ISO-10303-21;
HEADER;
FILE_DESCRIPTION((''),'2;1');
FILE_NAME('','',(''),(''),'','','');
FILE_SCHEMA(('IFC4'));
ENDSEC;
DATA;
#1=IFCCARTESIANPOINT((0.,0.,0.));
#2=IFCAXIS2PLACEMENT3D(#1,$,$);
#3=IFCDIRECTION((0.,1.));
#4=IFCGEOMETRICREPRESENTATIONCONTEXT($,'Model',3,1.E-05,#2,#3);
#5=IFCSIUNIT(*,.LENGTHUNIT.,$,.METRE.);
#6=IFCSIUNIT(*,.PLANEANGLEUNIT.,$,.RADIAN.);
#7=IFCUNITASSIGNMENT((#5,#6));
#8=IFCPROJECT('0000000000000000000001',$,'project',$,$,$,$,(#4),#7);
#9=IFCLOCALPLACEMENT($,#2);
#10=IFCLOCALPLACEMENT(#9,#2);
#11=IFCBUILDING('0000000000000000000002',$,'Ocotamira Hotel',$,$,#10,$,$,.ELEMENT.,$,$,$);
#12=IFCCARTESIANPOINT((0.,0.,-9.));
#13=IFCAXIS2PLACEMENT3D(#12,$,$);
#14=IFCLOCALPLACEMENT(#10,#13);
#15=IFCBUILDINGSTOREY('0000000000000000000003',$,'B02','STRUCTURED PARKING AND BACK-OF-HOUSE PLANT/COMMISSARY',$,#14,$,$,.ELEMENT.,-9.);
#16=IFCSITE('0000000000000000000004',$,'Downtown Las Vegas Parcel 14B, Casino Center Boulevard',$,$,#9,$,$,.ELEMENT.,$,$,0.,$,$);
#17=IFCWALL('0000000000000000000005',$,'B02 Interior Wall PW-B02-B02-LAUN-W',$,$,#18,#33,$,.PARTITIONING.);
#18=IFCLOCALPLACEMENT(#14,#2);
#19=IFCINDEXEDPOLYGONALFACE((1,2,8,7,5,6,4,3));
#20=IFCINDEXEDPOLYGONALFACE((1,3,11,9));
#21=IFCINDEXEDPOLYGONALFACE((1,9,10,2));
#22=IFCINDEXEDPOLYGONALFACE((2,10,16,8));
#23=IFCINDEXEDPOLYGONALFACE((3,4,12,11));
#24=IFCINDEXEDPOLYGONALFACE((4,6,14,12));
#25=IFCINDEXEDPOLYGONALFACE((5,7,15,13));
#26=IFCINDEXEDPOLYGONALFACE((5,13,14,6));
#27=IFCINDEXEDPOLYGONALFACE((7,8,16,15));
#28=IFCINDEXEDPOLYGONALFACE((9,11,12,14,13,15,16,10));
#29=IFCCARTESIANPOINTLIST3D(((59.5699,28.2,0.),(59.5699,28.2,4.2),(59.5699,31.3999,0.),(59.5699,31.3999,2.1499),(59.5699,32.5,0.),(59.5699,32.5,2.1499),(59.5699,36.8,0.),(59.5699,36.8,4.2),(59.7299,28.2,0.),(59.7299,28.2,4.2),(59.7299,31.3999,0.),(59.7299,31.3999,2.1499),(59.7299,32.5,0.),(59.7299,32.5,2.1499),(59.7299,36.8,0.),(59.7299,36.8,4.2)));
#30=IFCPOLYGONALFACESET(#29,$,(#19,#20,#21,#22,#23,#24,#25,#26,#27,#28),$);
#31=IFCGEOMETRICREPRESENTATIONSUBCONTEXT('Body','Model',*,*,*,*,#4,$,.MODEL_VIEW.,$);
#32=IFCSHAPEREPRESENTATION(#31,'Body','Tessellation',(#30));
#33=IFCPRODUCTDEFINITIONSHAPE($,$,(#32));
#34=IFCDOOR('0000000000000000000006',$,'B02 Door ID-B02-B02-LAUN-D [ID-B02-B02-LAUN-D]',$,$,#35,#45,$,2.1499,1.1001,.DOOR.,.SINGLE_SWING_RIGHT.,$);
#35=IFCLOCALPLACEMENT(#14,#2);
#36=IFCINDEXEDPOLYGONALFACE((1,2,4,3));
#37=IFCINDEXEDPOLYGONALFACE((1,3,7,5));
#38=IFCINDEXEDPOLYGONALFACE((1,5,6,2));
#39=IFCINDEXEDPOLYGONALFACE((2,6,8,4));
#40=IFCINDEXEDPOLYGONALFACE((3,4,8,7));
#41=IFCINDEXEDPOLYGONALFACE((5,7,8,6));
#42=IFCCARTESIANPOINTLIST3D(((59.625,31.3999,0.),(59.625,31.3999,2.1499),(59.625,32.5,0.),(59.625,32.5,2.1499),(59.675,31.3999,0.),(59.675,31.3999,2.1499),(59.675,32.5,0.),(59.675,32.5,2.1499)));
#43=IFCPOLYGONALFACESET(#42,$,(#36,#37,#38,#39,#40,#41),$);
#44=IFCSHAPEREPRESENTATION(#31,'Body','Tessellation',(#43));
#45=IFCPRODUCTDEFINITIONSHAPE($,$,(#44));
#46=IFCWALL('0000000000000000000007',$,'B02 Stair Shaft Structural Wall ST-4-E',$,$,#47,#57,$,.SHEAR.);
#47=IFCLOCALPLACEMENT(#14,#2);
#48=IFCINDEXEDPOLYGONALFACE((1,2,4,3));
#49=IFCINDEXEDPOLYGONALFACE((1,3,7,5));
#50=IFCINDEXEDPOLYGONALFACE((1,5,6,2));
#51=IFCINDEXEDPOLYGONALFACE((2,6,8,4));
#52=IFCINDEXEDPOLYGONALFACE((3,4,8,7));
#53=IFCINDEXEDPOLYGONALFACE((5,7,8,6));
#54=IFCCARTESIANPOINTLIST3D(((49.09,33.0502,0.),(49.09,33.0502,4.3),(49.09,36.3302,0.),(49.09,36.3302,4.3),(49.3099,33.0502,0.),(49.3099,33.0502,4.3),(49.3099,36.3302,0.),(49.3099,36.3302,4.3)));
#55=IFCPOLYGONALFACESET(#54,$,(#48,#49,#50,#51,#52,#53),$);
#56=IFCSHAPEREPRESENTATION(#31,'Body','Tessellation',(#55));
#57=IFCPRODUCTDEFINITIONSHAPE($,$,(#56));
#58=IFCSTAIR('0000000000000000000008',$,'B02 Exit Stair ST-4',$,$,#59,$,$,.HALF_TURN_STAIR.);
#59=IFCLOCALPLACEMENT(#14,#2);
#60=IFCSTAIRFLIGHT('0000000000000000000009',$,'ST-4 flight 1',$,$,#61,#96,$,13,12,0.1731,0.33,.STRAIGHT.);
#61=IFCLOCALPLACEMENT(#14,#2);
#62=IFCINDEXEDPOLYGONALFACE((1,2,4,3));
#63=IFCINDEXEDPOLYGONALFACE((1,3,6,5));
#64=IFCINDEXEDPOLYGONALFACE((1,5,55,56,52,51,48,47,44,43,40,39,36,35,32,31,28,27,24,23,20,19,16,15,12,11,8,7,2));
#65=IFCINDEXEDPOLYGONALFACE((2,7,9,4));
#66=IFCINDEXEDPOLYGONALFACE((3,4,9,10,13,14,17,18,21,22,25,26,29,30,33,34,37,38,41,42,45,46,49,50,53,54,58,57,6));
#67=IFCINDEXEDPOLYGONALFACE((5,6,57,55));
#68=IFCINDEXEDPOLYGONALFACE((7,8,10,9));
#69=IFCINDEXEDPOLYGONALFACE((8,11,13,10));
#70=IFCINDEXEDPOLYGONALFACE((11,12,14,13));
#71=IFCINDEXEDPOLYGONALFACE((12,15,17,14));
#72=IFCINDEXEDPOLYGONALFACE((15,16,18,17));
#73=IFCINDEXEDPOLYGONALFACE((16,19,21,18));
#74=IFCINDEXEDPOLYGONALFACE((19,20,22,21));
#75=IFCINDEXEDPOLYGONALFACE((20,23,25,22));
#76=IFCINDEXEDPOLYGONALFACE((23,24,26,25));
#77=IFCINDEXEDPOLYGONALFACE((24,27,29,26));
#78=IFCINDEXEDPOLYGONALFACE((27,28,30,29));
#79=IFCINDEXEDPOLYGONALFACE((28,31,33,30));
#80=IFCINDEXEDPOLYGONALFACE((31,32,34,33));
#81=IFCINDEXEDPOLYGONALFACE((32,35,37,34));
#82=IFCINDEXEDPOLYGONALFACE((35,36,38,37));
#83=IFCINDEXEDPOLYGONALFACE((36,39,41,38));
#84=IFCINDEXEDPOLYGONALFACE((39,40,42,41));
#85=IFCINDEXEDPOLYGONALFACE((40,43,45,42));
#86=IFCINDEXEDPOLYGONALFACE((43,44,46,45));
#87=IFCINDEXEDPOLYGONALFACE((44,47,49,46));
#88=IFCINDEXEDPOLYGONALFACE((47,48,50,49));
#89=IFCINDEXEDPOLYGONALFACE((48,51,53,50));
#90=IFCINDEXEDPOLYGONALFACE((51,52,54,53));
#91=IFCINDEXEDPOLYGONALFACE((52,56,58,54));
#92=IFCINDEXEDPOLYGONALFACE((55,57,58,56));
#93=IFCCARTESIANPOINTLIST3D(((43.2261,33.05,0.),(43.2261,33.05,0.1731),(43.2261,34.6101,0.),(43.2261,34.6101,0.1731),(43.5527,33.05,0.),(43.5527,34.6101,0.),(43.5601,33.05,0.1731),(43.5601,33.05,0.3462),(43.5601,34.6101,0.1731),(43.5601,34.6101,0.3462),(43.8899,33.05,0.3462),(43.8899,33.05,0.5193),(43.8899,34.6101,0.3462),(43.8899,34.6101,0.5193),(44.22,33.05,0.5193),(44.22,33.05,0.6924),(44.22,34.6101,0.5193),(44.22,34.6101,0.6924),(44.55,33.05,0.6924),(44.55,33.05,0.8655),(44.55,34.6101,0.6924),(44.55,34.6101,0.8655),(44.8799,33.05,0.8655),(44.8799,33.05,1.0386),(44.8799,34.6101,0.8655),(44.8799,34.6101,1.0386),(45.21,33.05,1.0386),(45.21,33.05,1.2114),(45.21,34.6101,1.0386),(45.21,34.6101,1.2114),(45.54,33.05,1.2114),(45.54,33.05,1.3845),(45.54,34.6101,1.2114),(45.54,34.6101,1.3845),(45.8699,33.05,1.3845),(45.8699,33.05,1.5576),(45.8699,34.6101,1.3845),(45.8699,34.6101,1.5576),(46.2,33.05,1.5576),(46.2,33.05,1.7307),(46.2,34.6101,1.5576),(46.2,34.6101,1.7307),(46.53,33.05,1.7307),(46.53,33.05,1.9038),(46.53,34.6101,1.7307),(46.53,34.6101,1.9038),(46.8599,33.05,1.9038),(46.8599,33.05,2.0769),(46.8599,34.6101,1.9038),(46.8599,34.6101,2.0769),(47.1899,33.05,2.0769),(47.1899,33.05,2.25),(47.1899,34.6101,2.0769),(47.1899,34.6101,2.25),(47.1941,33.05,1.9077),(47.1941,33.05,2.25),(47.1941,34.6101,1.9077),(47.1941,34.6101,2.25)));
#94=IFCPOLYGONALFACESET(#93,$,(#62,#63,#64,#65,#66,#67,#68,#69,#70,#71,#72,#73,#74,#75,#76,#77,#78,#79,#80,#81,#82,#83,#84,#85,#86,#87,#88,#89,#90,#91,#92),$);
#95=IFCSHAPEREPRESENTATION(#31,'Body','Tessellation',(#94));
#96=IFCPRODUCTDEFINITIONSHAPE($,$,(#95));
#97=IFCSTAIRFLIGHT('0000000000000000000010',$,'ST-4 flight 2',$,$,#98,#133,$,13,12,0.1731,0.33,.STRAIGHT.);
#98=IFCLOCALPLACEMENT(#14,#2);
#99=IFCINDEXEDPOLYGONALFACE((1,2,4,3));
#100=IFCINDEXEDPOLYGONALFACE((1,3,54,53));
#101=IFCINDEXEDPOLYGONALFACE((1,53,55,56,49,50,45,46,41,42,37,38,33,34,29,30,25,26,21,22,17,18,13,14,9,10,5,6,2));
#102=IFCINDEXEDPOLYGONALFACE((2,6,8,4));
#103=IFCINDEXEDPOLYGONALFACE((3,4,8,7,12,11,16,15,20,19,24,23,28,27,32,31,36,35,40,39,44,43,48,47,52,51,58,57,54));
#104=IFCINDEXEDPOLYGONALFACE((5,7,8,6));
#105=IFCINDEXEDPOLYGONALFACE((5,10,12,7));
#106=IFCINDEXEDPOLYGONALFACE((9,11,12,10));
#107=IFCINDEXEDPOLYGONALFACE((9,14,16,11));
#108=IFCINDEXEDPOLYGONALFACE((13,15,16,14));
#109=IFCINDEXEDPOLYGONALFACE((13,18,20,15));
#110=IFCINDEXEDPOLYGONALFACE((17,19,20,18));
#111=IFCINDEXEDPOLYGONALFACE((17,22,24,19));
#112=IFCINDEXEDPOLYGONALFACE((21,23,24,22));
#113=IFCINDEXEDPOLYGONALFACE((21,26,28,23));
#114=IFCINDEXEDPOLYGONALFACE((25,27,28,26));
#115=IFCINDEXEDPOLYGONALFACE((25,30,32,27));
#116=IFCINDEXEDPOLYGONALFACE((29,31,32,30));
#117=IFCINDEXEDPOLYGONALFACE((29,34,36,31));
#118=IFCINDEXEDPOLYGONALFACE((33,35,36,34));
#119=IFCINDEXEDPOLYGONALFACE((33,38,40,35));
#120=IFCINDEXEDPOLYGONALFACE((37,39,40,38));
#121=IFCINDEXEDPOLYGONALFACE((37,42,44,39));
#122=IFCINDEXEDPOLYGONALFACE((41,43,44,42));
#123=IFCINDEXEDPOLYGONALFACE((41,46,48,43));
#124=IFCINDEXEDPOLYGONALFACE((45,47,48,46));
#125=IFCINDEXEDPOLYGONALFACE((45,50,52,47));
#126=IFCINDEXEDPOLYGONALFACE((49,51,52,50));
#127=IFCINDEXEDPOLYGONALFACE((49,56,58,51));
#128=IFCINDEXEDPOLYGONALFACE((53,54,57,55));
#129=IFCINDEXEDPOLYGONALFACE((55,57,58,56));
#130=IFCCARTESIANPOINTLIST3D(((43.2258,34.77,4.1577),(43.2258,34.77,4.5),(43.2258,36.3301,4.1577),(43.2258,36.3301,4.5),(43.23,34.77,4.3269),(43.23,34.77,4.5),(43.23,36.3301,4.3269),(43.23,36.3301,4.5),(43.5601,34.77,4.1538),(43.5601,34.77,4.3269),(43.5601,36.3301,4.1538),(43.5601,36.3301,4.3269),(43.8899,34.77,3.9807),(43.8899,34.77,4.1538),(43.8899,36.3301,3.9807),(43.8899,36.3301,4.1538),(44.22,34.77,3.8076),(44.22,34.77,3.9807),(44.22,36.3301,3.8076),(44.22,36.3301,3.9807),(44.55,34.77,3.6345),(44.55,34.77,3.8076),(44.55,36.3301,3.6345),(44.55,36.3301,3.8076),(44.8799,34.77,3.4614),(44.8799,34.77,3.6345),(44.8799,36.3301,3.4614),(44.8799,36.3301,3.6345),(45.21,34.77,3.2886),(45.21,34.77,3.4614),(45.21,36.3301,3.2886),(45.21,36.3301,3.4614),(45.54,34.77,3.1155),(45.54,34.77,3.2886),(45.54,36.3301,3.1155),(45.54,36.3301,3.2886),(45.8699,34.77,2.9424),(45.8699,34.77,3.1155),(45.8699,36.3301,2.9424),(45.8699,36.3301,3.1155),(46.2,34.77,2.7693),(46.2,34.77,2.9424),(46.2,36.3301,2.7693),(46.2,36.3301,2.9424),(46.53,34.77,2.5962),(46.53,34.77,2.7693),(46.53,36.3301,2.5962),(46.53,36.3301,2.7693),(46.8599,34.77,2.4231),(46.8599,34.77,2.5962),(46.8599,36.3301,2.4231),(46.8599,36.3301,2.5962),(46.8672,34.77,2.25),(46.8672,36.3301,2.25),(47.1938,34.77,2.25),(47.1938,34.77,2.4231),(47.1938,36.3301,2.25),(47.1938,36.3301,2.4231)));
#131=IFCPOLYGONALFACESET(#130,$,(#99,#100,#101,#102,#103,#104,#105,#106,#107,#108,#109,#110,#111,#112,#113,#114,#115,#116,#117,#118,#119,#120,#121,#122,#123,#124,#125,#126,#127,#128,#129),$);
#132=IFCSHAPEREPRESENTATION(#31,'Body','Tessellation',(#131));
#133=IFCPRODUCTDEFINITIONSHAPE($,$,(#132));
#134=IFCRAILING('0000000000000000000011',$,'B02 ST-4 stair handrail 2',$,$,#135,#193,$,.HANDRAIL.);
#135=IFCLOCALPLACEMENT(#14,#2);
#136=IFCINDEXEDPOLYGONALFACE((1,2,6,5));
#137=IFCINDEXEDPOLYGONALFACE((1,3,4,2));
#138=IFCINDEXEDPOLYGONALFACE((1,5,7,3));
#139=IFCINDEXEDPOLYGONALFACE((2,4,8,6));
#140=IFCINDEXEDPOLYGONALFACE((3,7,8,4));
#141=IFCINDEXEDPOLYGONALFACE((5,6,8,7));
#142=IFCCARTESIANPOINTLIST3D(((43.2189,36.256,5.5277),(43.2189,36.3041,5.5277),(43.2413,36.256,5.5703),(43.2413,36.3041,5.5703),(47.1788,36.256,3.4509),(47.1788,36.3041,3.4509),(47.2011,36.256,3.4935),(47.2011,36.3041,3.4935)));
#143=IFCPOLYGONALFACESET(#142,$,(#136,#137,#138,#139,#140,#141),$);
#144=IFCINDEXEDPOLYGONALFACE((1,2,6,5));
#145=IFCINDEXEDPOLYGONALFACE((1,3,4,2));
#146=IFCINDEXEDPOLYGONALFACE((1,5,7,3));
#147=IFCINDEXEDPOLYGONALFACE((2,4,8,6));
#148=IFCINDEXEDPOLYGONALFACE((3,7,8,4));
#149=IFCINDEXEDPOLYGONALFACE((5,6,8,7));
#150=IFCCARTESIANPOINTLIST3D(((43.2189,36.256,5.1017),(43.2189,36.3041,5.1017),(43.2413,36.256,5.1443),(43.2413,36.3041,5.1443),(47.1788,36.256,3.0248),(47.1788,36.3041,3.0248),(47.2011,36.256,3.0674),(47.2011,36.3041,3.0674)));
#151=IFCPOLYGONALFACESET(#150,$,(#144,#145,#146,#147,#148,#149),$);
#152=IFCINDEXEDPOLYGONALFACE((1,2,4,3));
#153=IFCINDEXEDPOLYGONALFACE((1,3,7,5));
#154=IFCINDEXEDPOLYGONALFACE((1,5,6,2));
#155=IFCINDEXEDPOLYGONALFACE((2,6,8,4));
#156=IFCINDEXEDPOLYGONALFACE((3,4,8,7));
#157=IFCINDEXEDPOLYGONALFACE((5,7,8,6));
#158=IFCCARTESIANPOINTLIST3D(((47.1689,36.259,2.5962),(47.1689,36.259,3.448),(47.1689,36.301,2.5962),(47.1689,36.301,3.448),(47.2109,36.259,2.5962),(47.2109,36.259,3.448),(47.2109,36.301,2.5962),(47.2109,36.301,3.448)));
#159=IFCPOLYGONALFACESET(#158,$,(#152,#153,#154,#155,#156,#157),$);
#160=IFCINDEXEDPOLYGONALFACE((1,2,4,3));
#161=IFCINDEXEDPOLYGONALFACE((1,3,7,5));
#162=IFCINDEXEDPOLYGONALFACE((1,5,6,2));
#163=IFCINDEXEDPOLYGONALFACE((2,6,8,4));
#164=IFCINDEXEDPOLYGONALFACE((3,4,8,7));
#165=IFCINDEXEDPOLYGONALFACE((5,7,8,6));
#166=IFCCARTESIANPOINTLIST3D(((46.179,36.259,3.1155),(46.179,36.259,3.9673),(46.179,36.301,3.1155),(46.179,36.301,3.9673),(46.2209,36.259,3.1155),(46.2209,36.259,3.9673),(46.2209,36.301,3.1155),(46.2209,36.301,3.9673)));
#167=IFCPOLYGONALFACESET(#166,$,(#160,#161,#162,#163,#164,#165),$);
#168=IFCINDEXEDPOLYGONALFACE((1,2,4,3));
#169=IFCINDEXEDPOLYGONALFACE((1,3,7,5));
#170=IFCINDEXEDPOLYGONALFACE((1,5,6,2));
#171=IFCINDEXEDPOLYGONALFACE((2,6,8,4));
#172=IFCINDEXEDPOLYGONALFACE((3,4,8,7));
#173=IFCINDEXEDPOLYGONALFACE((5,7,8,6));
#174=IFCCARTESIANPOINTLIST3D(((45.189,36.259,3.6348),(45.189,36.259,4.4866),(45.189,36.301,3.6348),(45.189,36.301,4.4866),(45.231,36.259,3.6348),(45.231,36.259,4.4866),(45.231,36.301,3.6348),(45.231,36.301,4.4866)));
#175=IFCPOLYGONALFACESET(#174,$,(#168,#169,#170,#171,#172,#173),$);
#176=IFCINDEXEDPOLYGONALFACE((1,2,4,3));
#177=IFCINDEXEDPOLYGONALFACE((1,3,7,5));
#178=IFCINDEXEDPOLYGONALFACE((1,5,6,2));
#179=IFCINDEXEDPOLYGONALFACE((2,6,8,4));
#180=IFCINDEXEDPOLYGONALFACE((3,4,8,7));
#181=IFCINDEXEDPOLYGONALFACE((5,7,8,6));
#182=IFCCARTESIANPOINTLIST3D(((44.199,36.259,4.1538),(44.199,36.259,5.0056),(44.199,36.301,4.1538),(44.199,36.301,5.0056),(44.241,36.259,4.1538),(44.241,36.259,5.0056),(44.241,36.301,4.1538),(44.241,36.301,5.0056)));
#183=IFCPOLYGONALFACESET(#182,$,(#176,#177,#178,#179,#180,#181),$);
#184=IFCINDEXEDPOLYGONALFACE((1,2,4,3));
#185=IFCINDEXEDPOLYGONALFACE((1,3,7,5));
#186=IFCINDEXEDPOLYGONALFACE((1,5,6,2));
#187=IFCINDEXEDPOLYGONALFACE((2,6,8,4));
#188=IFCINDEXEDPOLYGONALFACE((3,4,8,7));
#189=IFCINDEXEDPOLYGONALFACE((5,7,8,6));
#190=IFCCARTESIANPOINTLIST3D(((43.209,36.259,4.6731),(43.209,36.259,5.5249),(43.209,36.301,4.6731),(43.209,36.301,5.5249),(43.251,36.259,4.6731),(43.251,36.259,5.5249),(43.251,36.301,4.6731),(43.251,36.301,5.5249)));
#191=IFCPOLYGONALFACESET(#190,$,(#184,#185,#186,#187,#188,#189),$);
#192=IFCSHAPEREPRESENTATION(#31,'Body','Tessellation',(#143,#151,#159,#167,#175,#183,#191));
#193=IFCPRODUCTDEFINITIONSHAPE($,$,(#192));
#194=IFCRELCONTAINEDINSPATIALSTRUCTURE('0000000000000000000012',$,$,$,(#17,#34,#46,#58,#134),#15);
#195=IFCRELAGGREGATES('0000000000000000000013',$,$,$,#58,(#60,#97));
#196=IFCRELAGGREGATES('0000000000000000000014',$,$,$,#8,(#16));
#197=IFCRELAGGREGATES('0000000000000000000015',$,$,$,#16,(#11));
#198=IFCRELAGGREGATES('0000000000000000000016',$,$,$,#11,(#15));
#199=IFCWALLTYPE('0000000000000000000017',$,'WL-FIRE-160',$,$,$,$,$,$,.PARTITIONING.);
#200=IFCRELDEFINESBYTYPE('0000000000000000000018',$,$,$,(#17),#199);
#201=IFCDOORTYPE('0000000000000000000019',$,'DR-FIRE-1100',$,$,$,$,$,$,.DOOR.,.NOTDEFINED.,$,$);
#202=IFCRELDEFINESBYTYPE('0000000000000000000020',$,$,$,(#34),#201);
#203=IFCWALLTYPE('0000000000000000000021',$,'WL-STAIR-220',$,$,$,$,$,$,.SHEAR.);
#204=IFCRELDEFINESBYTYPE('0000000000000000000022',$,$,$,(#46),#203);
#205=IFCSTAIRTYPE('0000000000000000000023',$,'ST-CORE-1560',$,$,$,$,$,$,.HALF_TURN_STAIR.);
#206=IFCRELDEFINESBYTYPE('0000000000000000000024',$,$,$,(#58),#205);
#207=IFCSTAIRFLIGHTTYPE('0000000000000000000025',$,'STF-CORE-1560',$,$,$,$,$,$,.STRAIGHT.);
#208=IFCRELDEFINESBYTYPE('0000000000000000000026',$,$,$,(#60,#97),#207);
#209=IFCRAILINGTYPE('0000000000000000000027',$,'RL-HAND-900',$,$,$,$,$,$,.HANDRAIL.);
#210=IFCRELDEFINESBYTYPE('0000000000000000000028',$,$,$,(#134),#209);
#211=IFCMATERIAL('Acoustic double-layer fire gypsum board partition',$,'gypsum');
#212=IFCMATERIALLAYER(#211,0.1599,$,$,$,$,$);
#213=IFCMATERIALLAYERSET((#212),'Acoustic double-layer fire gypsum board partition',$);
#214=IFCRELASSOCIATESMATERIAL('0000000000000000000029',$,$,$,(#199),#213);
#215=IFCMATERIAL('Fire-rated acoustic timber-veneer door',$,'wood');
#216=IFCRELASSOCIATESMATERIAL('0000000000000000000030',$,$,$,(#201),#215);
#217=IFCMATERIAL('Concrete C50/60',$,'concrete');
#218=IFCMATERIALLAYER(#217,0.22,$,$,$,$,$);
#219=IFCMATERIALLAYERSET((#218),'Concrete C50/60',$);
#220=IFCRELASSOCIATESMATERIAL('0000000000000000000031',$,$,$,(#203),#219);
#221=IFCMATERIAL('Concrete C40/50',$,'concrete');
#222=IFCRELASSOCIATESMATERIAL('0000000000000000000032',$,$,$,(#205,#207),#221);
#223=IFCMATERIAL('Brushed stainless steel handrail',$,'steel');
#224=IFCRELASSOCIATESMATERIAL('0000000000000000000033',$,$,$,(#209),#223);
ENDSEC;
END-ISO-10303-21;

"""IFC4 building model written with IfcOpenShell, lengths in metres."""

from ifc_helpers import new_model, si_unit, direction, frame, frame_2d, origin, origin_2d, place, context, subcontext, project, spatial, polyline, rectangle, outline, extrude, source, transform, mapped, material, layer, layer_set, type_object, element, fill, aggregate, save


model = new_model("IFC4")

# Units and contexts
model_context = context("Model", 3, precision=1e-05, world=origin(), true_north=direction((0.0, 1.0)))
body_context = subcontext(model_context, "Body", "Model", "MODEL_VIEW")
ifc_project = project(units=[si_unit("LENGTHUNIT", "METRE"), si_unit("PLANEANGLEUNIT", "RADIAN")], contexts=[model_context])

# Site, building, storey
site_placement = place(None, origin())
site = spatial("IfcSite", under=ifc_project, at=site_placement, Name="Downtown Las Vegas Parcel 14B, Casino Center Boulevard", CompositionType="ELEMENT", RefElevation=0.0)
building_placement = place(site_placement, origin())
building = spatial("IfcBuilding", under=site, at=building_placement, Name="Ocotamira Hotel", CompositionType="ELEMENT")
storey_placement = place(building_placement, frame((0.0, 0.0, -9.0)))
storey = spatial("IfcBuildingStorey", under=building, at=storey_placement, Name="B02", Description="STRUCTURED PARKING AND BACK-OF-HOUSE PLANT/COMMISSARY", CompositionType="ELEMENT", Elevation=-9.0)

# Shared definitions
ifc_material_1 = material(Name="Concrete C50/60", Category="concrete")

# Shared definitions
ifc_material_2 = material(Name="Acoustic double-layer fire gypsum board partition", Category="gypsum")
ifc_layer_1 = layer(ifc_material_2, 0.1599)
ifc_layer_set_1 = layer_set([ifc_layer_1], Name="Acoustic double-layer fire gypsum board partition")
wall_type_1 = type_object("IfcWallType", Name="WL-FIRE-160", PredefinedType="PARTITIONING", material=ifc_layer_set_1)

# Wall, opening, door
wall_1_placement = place(storey_placement, frame((59.6499, 28.2, 0.0), z_axis=(0.0, 0.0, 1.0), x_axis=(0.0, 1.0, 0.0)))
wall_1 = element("IfcWall", 1, at=wall_1_placement, inside=storey, type_object=wall_type_1, Name="B02 Interior Wall PW-B02-B02-LAUN-W", PredefinedType="PARTITIONING", context=body_context, shape_type="SweptSolid", body=[
    extrude(rectangle(XDim=8.6001, YDim=0.1599, at=frame_2d((4.3, 0.0))), origin(), (0.0, 0.0, 1.0), 4.2),
])
opening_placement = place(wall_1_placement, frame((3.2, 0.0, 0.0)))
opening = element("IfcOpeningElement", 2, at=opening_placement, cuts=wall_1, PredefinedType="OPENING", context=body_context, shape_type="SweptSolid", body=[
    extrude(rectangle(XDim=1.1001, YDim=2.1499, at=frame_2d((0.55, 1.075))), frame((0.0, 0.0898, 0.0), z_axis=(0.0, -1.0, 0.0), x_axis=(1.0, 0.0, 0.0)), (0.0, 0.0, 1.0), 0.1799),
])
ifc_material_3 = material(Name="Fire-rated acoustic timber-veneer door", Category="wood")
door_type = type_object("IfcDoorType", Name="DR-FIRE-1100", OperationType="NOTDEFINED", PredefinedType="DOOR", material=ifc_material_3)
shared_shape_1 = source(origin(), body_context, "Body", "SweptSolid", [
    extrude(rectangle(XDim=1.1001, YDim=2.1499, at=frame_2d((0.55, 1.075))), frame((0.0, 0.0249, 0.0), z_axis=(0.0, -1.0, 0.0), x_axis=(1.0, 0.0, 0.0)), (0.0, 0.0, 1.0), 0.05),
])
door_placement = place(opening_placement, origin())
door = element("IfcDoor", 3, at=door_placement, inside=storey, type_object=door_type, Name="B02 Door ID-B02-B02-LAUN-D [ID-B02-B02-LAUN-D]", OperationType="SINGLE_SWING_RIGHT", OverallHeight=2.1499, OverallWidth=1.1001, PredefinedType="DOOR", context=body_context, shape_type="MappedRepresentation", body=[
    mapped(shared_shape_1, transform((0.0, 0.0, 0.0), scale=1.0)),
])
fill(opening, door)

# Wall
ifc_layer_2 = layer(ifc_material_1, 0.22)
ifc_layer_set_2 = layer_set([ifc_layer_2], Name="Concrete C50/60")
wall_type_2 = type_object("IfcWallType", Name="WL-STAIR-220", PredefinedType="SHEAR", material=ifc_layer_set_2)
wall_2_placement = place(storey_placement, frame((49.2, 33.05, 0.0), z_axis=(0.0, 0.0, 1.0), x_axis=(0.0, 1.0, 0.0)))
element("IfcWall", 4, at=wall_2_placement, inside=storey, type_object=wall_type_2, Name="B02 Stair Shaft Structural Wall ST-4-E", PredefinedType="SHEAR", context=body_context, shape_type="SweptSolid", body=[
    extrude(rectangle(XDim=3.28, YDim=0.22, at=frame_2d((1.6401, 0.0))), origin(), (0.0, 0.0, 1.0), 4.3),
])

# Stair, stair flights
ifc_material_4 = material(Name="Concrete C40/50", Category="concrete")
stair_type = type_object("IfcStairType", Name="ST-CORE-1560", PredefinedType="HALF_TURN_STAIR", material=ifc_material_4)
stair_placement = place(storey_placement, origin())
stair = element("IfcStair", 5, at=stair_placement, inside=storey, type_object=stair_type, Name="B02 Exit Stair ST-4", PredefinedType="HALF_TURN_STAIR")
stair_flight_type = type_object("IfcStairFlightType", Name="STF-CORE-1560", PredefinedType="STRAIGHT", material=ifc_material_4)
shared_shape_2 = source(origin(), body_context, "Body", "SweptSolid", [
    extrude(outline(polyline([(-0.0039, 0.0), (-0.0039, 0.1731), (0.3301, 0.1731), (0.3301, 0.3462), (0.6599, 0.3462), (0.6599, 0.5193), (0.99, 0.5193), (0.99, 0.6924), (1.3201, 0.6924), (1.3201, 0.8655), (1.6499, 0.8655), (1.6499, 1.0386), (1.98, 1.0386), (1.98, 1.2114), (2.3101, 1.2114), (2.3101, 1.3845), (2.6399, 1.3845), (2.6399, 1.5576), (2.97, 1.5576), (2.97, 1.7307), (3.3, 1.7307), (3.3, 1.9038), (3.6299, 1.9038), (3.6299, 2.0769), (3.96, 2.0769), (3.96, 2.25), (3.9641, 2.25), (3.9641, 1.9077), (0.3228, 0.0), (-0.0039, 0.0)])), frame((0.0, 0.78, 0.0), z_axis=(0.0, -1.0, 0.0), x_axis=(1.0, 0.0, 0.0)), (0.0, 0.0, 1.0), 1.5601),
])
stair_flight_1_placement = place(storey_placement, frame((43.23, 33.8301, 0.0), z_axis=(0.0, 0.0, 1.0), x_axis=(1.0, 0.0, 0.0)))
stair_flight_1 = element("IfcStairFlight", 6, at=stair_flight_1_placement, type_object=stair_flight_type, Name="ST-4 flight 1", NumberOfRisers=13, NumberOfTreads=12, PredefinedType="STRAIGHT", RiserHeight=0.1731, TreadLength=0.33, context=body_context, shape_type="MappedRepresentation", body=[
    mapped(shared_shape_2, transform((0.0, 0.0, 0.0), scale=1.0)),
])
stair_flight_2_placement = place(storey_placement, frame((47.1899, 35.55, 2.25), z_axis=(0.0, 0.0, 1.0), x_axis=(-1.0, 0.0, 0.0)))
stair_flight_2 = element("IfcStairFlight", 7, at=stair_flight_2_placement, type_object=stair_flight_type, Name="ST-4 flight 2", NumberOfRisers=13, NumberOfTreads=12, PredefinedType="STRAIGHT", RiserHeight=0.1731, TreadLength=0.33, context=body_context, shape_type="MappedRepresentation", body=[
    mapped(shared_shape_2, transform((0.0, 0.0, 0.0), scale=1.0)),
])
aggregate(stair, [stair_flight_1, stair_flight_2])

# Railing
ifc_material_5 = material(Name="Brushed stainless steel handrail", Category="steel")
railing_type_1 = type_object("IfcRailingType", Name="RL-HAND-900", PredefinedType="HANDRAIL", material=ifc_material_5)
railing_1_placement = place(storey_placement, frame((47.1899, 36.28, 2.5962)))
element("IfcRailing", 8, at=railing_1_placement, inside=storey, type_object=railing_type_1, Name="B02 ST-4 stair handrail 2", PredefinedType="HANDRAIL", context=body_context, shape_type="SweptSolid", body=[
    extrude(rectangle(XDim=0.0481, YDim=0.0481, at=origin_2d()), frame((0.0, 0.0, 0.876), z_axis=(-0.885589, 0.0, 0.46447), x_axis=(0.0, -1.0, 0.0)), (0.0, 0.0, 1.0), 4.4714),
    extrude(rectangle(XDim=0.0481, YDim=0.0481, at=origin_2d()), frame((0.0, 0.0, 0.45), z_axis=(-0.885589, 0.0, 0.46447), x_axis=(0.0, -1.0, 0.0)), (0.0, 0.0, 1.0), 4.4714),
    extrude(rectangle(XDim=0.042, YDim=0.042, at=origin_2d()), origin(), (0.0, 0.0, 1.0), 0.8518),
    extrude(rectangle(XDim=0.042, YDim=0.042, at=origin_2d()), frame((-0.99, 0.0, 0.5193)), (0.0, 0.0, 1.0), 0.8518),
    extrude(rectangle(XDim=0.042, YDim=0.042, at=origin_2d()), frame((-1.98, 0.0, 1.0386)), (0.0, 0.0, 1.0), 0.8518),
    extrude(rectangle(XDim=0.042, YDim=0.042, at=origin_2d()), frame((-2.97, 0.0, 1.5576)), (0.0, 0.0, 1.0), 0.8518),
    extrude(rectangle(XDim=0.042, YDim=0.042, at=origin_2d()), frame((-3.96, 0.0, 2.0769)), (0.0, 0.0, 1.0), 0.8518),
])

save(model, "model.ifc")
